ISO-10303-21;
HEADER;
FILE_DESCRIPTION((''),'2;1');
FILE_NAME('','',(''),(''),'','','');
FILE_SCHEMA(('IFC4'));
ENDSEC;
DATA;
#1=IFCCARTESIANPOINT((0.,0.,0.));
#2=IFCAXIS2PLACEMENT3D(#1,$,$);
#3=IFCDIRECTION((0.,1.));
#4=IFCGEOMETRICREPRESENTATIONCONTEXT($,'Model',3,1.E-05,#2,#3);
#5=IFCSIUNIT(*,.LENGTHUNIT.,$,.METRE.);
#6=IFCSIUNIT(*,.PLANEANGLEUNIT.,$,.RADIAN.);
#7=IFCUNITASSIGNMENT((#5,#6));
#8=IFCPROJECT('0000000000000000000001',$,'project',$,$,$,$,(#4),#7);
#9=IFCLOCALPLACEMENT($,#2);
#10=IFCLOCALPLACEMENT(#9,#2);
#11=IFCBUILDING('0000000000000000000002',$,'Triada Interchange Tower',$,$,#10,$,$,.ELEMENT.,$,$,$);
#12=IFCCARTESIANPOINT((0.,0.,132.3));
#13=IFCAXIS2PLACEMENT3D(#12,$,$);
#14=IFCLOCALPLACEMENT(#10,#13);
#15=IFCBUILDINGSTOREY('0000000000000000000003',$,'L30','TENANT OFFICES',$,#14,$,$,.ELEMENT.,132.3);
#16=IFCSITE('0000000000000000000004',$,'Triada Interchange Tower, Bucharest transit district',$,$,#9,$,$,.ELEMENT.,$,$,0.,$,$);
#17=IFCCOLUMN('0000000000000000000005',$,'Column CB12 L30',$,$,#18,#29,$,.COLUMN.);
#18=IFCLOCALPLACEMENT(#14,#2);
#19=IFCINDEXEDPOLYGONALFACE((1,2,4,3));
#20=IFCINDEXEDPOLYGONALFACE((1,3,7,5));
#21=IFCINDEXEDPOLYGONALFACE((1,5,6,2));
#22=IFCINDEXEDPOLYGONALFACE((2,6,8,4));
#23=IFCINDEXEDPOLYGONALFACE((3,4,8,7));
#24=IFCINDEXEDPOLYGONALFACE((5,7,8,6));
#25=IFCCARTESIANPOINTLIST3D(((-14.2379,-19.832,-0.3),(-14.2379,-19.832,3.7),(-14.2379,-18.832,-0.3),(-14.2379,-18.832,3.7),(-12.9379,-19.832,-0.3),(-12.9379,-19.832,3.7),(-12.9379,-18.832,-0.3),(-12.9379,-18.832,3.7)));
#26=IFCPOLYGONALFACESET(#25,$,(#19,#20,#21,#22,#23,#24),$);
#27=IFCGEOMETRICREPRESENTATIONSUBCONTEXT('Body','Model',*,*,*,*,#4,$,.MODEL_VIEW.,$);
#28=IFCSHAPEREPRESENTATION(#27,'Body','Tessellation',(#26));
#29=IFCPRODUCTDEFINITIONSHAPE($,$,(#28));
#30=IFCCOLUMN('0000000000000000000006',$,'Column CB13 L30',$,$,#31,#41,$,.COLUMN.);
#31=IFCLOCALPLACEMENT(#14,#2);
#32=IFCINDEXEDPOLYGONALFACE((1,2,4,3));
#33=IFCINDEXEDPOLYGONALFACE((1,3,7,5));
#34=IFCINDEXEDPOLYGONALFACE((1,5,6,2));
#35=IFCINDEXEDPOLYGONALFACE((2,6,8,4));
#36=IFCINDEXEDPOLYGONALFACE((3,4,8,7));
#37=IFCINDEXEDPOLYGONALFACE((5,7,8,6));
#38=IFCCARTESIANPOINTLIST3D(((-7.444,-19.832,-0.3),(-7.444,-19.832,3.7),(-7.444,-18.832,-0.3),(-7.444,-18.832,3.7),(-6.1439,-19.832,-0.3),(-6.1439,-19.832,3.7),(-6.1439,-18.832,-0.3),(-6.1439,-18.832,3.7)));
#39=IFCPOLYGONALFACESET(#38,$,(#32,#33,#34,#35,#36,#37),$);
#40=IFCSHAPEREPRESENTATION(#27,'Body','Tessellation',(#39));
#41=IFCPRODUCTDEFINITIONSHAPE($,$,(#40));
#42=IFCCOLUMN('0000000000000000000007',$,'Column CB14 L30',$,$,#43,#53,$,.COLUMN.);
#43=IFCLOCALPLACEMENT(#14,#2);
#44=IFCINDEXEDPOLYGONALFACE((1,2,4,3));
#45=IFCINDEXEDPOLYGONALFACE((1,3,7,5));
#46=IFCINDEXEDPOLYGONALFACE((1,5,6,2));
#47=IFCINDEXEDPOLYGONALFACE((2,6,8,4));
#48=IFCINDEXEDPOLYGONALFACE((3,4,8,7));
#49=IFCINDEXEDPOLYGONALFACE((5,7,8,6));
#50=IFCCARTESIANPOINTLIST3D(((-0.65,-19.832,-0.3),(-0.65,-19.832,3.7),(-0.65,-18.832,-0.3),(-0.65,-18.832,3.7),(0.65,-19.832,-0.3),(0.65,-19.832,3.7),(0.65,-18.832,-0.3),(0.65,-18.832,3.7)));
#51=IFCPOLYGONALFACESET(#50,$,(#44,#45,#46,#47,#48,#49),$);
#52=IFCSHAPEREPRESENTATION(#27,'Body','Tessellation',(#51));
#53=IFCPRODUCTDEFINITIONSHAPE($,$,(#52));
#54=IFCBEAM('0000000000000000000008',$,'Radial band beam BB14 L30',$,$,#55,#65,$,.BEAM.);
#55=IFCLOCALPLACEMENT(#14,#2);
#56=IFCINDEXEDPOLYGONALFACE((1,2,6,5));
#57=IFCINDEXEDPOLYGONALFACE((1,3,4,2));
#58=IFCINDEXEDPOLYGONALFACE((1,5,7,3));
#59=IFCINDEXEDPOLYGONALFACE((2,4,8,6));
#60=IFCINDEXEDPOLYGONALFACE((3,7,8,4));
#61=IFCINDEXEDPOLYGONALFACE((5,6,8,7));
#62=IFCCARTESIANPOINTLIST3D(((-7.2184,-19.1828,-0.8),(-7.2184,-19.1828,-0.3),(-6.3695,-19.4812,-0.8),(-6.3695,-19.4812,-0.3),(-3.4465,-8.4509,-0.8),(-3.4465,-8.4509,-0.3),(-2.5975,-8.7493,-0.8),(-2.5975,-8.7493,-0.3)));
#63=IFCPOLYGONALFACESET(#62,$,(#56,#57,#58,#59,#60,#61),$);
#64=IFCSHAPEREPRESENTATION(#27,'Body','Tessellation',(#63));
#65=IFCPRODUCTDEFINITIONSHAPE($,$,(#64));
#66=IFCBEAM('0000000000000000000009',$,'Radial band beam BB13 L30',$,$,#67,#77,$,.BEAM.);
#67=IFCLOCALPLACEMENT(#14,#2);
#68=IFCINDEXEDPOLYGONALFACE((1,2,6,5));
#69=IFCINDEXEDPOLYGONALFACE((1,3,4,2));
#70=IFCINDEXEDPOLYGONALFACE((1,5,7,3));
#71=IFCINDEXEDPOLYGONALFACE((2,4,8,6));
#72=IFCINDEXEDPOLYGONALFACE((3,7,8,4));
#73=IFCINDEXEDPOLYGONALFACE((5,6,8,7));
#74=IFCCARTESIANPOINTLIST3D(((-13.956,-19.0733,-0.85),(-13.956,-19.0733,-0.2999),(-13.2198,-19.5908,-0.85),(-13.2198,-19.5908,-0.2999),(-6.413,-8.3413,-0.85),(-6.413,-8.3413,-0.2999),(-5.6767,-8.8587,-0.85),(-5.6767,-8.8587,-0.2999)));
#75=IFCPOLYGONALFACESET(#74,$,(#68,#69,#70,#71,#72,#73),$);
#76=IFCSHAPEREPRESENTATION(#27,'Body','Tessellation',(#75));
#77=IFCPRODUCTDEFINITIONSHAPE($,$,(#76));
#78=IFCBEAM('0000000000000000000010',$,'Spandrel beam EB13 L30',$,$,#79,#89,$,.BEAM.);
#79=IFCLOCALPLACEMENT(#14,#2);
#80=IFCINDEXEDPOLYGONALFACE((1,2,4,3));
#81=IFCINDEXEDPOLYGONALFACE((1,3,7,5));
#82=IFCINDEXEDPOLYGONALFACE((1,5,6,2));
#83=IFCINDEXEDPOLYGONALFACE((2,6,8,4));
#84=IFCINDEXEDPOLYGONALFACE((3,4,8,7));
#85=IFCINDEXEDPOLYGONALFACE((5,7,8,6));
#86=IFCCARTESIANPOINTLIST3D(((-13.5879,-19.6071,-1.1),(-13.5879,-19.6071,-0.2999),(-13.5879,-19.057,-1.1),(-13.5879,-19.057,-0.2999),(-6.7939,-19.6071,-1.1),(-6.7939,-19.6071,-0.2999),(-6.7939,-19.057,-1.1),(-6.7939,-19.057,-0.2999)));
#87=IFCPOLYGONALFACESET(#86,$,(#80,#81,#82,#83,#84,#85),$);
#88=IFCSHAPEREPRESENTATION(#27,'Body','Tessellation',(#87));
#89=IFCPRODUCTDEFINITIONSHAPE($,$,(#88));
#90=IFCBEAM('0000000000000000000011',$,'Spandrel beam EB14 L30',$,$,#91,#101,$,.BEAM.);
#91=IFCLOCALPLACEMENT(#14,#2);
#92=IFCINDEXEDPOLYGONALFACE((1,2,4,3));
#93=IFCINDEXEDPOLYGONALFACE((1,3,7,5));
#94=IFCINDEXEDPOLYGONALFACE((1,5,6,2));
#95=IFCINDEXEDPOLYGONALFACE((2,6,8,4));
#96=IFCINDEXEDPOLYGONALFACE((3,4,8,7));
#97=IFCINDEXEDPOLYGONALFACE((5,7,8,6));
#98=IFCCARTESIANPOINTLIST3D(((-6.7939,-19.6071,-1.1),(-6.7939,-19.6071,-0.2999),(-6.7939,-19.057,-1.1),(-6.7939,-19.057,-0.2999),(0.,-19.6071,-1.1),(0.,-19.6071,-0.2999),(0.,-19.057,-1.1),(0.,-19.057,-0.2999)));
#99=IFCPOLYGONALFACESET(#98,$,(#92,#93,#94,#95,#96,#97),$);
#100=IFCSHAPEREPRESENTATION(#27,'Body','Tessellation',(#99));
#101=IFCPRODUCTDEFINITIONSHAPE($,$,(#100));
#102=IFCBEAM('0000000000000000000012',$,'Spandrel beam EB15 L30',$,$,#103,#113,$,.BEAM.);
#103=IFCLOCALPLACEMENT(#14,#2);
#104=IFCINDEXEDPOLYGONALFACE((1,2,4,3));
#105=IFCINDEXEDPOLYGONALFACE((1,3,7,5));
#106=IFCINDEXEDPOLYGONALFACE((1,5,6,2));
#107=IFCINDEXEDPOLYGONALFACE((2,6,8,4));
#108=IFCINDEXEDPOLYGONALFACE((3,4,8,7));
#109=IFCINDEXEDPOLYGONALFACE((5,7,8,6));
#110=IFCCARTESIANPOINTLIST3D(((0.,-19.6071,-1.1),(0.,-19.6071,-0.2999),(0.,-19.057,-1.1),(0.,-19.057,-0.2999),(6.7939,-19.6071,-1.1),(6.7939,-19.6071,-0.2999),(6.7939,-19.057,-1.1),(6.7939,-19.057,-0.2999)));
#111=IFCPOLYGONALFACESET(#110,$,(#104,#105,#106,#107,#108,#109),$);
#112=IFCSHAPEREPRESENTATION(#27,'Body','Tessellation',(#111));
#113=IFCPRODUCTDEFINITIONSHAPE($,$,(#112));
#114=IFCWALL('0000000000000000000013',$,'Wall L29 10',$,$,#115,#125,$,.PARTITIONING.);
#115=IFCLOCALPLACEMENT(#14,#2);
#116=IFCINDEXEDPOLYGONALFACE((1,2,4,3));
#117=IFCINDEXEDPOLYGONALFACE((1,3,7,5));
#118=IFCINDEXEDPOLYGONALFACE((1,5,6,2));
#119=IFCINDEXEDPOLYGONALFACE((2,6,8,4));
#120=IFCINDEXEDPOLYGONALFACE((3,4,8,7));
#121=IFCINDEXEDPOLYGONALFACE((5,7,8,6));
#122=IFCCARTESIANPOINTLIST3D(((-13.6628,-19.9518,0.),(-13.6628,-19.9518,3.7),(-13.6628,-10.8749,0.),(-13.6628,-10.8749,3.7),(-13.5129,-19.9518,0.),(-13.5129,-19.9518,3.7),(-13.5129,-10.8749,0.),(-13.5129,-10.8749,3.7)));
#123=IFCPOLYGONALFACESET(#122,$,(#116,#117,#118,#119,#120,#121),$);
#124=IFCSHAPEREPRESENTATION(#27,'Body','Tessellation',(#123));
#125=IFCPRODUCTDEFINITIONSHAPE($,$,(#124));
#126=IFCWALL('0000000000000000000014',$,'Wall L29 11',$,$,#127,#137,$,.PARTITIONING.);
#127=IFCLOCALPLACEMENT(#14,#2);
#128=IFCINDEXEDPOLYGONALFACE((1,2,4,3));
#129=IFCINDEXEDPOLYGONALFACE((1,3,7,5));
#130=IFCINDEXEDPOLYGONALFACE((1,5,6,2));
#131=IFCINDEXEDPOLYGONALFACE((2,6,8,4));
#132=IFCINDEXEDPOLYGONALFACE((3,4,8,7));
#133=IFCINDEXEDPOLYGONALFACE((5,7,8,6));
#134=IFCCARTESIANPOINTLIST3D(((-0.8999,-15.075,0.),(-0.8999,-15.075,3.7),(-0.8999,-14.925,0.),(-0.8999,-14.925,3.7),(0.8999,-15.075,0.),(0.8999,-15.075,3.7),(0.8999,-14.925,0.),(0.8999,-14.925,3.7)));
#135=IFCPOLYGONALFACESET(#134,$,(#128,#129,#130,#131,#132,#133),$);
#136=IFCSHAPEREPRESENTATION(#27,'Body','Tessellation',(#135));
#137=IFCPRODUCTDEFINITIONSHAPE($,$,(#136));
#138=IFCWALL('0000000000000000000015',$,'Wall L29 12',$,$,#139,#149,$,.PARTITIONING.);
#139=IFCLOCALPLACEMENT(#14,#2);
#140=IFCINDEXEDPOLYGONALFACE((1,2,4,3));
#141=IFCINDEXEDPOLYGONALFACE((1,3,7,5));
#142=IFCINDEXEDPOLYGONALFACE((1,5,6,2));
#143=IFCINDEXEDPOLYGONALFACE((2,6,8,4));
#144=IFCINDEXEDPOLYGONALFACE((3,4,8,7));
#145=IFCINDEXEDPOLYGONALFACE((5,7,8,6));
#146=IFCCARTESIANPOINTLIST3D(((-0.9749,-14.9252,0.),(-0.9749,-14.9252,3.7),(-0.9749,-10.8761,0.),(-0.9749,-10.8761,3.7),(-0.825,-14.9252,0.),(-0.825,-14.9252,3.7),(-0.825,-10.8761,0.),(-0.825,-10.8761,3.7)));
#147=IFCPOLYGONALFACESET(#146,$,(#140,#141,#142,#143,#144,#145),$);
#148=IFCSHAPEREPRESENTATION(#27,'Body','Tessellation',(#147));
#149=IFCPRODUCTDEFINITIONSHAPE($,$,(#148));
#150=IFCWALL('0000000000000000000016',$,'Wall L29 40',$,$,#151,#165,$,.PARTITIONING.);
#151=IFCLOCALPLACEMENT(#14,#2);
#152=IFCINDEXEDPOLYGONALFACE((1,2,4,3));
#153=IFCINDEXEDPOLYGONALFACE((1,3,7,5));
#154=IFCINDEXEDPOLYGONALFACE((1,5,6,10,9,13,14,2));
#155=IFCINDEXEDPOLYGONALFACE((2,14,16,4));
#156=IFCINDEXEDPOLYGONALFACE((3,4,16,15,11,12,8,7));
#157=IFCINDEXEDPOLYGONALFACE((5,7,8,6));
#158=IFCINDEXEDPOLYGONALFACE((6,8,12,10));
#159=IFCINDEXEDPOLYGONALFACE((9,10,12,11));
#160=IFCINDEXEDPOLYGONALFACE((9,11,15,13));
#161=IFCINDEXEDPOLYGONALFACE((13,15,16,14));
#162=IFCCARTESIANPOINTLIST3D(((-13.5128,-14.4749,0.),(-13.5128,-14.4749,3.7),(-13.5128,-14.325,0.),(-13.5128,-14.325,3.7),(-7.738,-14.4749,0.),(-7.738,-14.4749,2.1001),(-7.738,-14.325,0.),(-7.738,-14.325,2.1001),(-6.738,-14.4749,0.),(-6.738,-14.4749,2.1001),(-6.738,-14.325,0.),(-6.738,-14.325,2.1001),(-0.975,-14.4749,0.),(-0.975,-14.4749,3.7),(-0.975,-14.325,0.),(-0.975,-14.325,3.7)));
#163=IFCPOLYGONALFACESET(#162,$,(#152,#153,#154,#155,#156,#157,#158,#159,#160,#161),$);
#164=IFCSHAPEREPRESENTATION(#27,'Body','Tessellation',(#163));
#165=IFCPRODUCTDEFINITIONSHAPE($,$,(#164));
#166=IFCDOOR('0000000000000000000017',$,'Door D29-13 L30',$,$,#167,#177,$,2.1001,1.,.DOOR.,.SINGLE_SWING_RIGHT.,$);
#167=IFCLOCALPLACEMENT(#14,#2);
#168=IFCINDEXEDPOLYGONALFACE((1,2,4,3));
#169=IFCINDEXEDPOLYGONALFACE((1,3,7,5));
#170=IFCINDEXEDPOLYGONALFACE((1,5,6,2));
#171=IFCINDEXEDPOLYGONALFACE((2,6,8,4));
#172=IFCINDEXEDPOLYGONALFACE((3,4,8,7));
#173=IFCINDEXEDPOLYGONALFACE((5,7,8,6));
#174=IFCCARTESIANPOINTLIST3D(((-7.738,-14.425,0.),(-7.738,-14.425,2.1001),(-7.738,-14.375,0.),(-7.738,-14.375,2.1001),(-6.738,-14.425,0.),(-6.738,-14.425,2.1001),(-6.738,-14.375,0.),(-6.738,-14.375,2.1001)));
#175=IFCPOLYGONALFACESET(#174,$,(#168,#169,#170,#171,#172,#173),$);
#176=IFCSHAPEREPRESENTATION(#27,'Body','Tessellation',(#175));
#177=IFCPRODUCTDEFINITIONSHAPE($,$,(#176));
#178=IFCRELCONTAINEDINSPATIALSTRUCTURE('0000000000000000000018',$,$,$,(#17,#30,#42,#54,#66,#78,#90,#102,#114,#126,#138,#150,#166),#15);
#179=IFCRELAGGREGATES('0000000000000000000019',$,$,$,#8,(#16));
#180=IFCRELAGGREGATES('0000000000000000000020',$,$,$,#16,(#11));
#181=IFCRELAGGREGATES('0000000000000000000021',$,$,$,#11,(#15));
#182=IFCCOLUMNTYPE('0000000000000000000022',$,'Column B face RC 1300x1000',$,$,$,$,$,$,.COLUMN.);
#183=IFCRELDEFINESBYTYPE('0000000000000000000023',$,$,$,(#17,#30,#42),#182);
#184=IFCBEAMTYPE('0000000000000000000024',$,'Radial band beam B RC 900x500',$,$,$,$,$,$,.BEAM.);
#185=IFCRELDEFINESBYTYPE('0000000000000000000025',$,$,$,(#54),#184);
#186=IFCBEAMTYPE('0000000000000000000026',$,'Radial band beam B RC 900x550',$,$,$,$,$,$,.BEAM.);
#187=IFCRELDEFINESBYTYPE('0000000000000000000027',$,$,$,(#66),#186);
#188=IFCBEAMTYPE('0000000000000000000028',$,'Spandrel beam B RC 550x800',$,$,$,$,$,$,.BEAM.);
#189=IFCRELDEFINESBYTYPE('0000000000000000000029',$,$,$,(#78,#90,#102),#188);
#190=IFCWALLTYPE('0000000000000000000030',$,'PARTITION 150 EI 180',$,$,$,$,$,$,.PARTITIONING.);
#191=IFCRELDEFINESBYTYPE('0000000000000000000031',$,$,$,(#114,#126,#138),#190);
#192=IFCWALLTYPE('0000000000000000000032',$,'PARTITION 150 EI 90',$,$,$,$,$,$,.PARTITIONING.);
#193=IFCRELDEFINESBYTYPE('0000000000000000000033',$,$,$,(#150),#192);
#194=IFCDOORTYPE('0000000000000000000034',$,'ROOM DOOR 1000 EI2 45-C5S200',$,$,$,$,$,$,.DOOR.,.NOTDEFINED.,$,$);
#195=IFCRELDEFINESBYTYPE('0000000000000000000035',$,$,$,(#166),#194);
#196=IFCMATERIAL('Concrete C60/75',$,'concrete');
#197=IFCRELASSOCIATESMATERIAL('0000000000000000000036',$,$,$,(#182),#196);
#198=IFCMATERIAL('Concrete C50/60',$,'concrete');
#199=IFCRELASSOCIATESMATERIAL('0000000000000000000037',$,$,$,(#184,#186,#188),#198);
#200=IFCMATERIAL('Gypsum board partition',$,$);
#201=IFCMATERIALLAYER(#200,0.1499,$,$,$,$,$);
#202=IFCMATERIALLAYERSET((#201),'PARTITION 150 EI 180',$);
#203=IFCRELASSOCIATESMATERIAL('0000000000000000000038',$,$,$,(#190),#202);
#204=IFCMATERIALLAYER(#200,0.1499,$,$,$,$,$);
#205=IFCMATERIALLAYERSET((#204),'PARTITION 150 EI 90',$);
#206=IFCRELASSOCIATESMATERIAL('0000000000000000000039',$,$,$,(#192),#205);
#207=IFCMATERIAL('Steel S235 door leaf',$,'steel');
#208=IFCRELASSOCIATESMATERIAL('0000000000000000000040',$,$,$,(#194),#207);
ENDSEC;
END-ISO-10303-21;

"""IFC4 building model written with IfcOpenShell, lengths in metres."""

from ifc_helpers import new_model, si_unit, direction, frame, frame_2d, origin, origin_2d, place, context, subcontext, project, spatial, rectangle, extrude, material, layer, layer_set, material_profile, profile_set, type_object, element, fill, save


model = new_model("IFC4")

# Units and contexts
model_context = context("Model", 3, precision=1e-05, world=origin(), true_north=direction((0.0, 1.0)))
body_context = subcontext(model_context, "Body", "Model", "MODEL_VIEW")
ifc_project = project(units=[si_unit("LENGTHUNIT", "METRE"), si_unit("PLANEANGLEUNIT", "RADIAN")], contexts=[model_context])

# Site, building, storey
site_placement = place(None, origin())
site = spatial("IfcSite", under=ifc_project, at=site_placement, Name="Triada Interchange Tower, Bucharest transit district", CompositionType="ELEMENT", RefElevation=0.0)
building_placement = place(site_placement, origin())
building = spatial("IfcBuilding", under=site, at=building_placement, Name="Triada Interchange Tower", CompositionType="ELEMENT")
storey_placement = place(building_placement, frame((0.0, 0.0, 132.3)))
storey = spatial("IfcBuildingStorey", under=building, at=storey_placement, Name="L30", Description="TENANT OFFICES", CompositionType="ELEMENT", Elevation=132.3)

# Columns
ifc_material_1 = material(Name="Concrete C60/75", Category="concrete")
ifc_material_profile_1 = material_profile(ifc_material_1, rectangle(XDim=1.3, YDim=1.0, at=origin_2d()), Name="RC 1300x1000")
ifc_profile_set_1 = profile_set([ifc_material_profile_1], Name="Concrete C60/75")
column_type = type_object("IfcColumnType", Name="Column B face RC 1300x1000", PredefinedType="COLUMN", material=ifc_profile_set_1)
for number, where, z_axis, x_axis, name in (
    (1, (-13.5879, -19.332, -0.3), (0.0, 0.0, 1.0), (1.0, 0.0, 0.0), "Column CB12 L30"),
    (2, (-6.7939, -19.332, -0.3), (0.0, 0.0, 1.0), (1.0, 0.0, 0.0), "Column CB13 L30"),
    (3, (0.0, -19.332, -0.3), (0.0, 0.0, 1.0), (1.0, 0.0, 0.0), "Column CB14 L30"),
):
    element("IfcColumn", number, at=place(storey_placement, frame(where, z_axis=z_axis, x_axis=x_axis)), inside=storey, type_object=column_type, Name=name, PredefinedType="COLUMN", context=body_context, shape_type="SweptSolid", body=[
        extrude(rectangle(XDim=1.3, YDim=1.0, at=origin_2d()), origin(), (0.0, 0.0, 1.0), 4.0),
    ])

# Beams
ifc_material_2 = material(Name="Concrete C50/60", Category="concrete")
ifc_material_profile_2 = material_profile(ifc_material_2, rectangle(XDim=0.8999, YDim=0.5, at=origin_2d()), Name="RC 900x500")
ifc_profile_set_2 = profile_set([ifc_material_profile_2], Name="Concrete C50/60")
beam_type_1 = type_object("IfcBeamType", Name="Radial band beam B RC 900x500", PredefinedType="BEAM", material=ifc_profile_set_2)
beam_1_placement = place(storey_placement, frame((-6.7939, -19.332, -0.55), z_axis=(0.331587, 0.943425, 0.0), x_axis=(-0.943425, 0.331587, 0.0)))
element("IfcBeam", 4, at=beam_1_placement, inside=storey, type_object=beam_type_1, Name="Radial band beam BB14 L30", PredefinedType="BEAM", context=body_context, shape_type="SweptSolid", body=[
    extrude(rectangle(XDim=0.8999, YDim=0.5, at=origin_2d()), origin(), (0.0, 0.0, 1.0), 11.3755),
])
ifc_material_profile_3 = material_profile(ifc_material_2, rectangle(XDim=0.8999, YDim=0.55, at=origin_2d()), Name="RC 900x550")
ifc_profile_set_3 = profile_set([ifc_material_profile_3], Name="Concrete C50/60")
beam_type_2 = type_object("IfcBeamType", Name="Radial band beam B RC 900x550", PredefinedType="BEAM", material=ifc_profile_set_3)
beam_2_placement = place(storey_placement, frame((-13.5879, -19.332, -0.575), z_axis=(0.575028, 0.818134, 0.0), x_axis=(-0.818134, 0.575028, 0.0)))
element("IfcBeam", 5, at=beam_2_placement, inside=storey, type_object=beam_type_2, Name="Radial band beam BB13 L30", PredefinedType="BEAM", context=body_context, shape_type="SweptSolid", body=[
    extrude(rectangle(XDim=0.8999, YDim=0.55, at=origin_2d()), origin(), (0.0, 0.0, 1.0), 13.1177),
])
ifc_material_profile_4 = material_profile(ifc_material_2, rectangle(XDim=0.55, YDim=0.8, at=origin_2d()), Name="RC 550x800")
ifc_profile_set_4 = profile_set([ifc_material_profile_4], Name="Concrete C50/60")
beam_type_3 = type_object("IfcBeamType", Name="Spandrel beam B RC 550x800", PredefinedType="BEAM", material=ifc_profile_set_4)
for number, where, z_axis, x_axis, name in (
    (6, (-13.5879, -19.332, -0.7), (1.0, 0.0, 0.0), (0.0, 1.0, 0.0), "Spandrel beam EB13 L30"),
    (7, (-6.7939, -19.332, -0.7), (1.0, 0.0, 0.0), (0.0, 1.0, 0.0), "Spandrel beam EB14 L30"),
    (8, (0.0, -19.332, -0.7), (1.0, 0.0, 0.0), (0.0, 1.0, 0.0), "Spandrel beam EB15 L30"),
):
    element("IfcBeam", number, at=place(storey_placement, frame(where, z_axis=z_axis, x_axis=x_axis)), inside=storey, type_object=beam_type_3, Name=name, PredefinedType="BEAM", context=body_context, shape_type="SweptSolid", body=[
        extrude(rectangle(XDim=0.55, YDim=0.8, at=origin_2d()), origin(), (0.0, 0.0, 1.0), 6.7939),
    ])

# Shared definitions
ifc_material_3 = material(Name="Steel S235 door leaf", Category="steel")

# Walls
ifc_material_4 = material(Name="Gypsum board partition")
ifc_layer_1 = layer(ifc_material_4, 0.1499)
ifc_layer_set_1 = layer_set([ifc_layer_1], Name="PARTITION 150 EI 180")
wall_type_1 = type_object("IfcWallType", Name="PARTITION 150 EI 180", PredefinedType="PARTITIONING", material=ifc_layer_set_1)
wall_1_placement = place(storey_placement, frame((-13.5879, -19.9519, 0.0), z_axis=(0.0, 0.0, 1.0), x_axis=(0.0, 1.0, 0.0)))
element("IfcWall", 9, at=wall_1_placement, inside=storey, type_object=wall_type_1, Name="Wall L29 10", PredefinedType="PARTITIONING", context=body_context, shape_type="SweptSolid", body=[
    extrude(rectangle(XDim=9.0769, YDim=0.1499, at=frame_2d((4.5386, 0.0))), origin(), (0.0, 0.0, 1.0), 3.7),
])
wall_2_placement = place(storey_placement, frame((-0.8999, -15.0, 0.0), z_axis=(0.0, 0.0, 1.0), x_axis=(1.0, 0.0, 0.0)))
element("IfcWall", 10, at=wall_2_placement, inside=storey, type_object=wall_type_1, Name="Wall L29 11", PredefinedType="PARTITIONING", context=body_context, shape_type="SweptSolid", body=[
    extrude(rectangle(XDim=1.7998, YDim=0.1499, at=frame_2d((0.8999, 0.0))), origin(), (0.0, 0.0, 1.0), 3.7),
])
wall_3_placement = place(storey_placement, frame((-0.8999, -14.925, 0.0), z_axis=(0.0, 0.0, 1.0), x_axis=(0.0, 1.0, 0.0)))
element("IfcWall", 11, at=wall_3_placement, inside=storey, type_object=wall_type_1, Name="Wall L29 12", PredefinedType="PARTITIONING", context=body_context, shape_type="SweptSolid", body=[
    extrude(rectangle(XDim=4.0491, YDim=0.1499, at=frame_2d((2.0244, 0.0))), origin(), (0.0, 0.0, 1.0), 3.7),
])

# Wall, opening, door
ifc_layer_2 = layer(ifc_material_4, 0.1499)
ifc_layer_set_2 = layer_set([ifc_layer_2], Name="PARTITION 150 EI 90")
wall_type_2 = type_object("IfcWallType", Name="PARTITION 150 EI 90", PredefinedType="PARTITIONING", material=ifc_layer_set_2)
wall_4_placement = place(storey_placement, frame((-13.5129, -14.3999, 0.0), z_axis=(0.0, 0.0, 1.0), x_axis=(1.0, 0.0, 0.0)))
wall_4 = element("IfcWall", 12, at=wall_4_placement, inside=storey, type_object=wall_type_2, Name="Wall L29 40", PredefinedType="PARTITIONING", context=body_context, shape_type="SweptSolid", body=[
    extrude(rectangle(XDim=12.5378, YDim=0.1499, at=frame_2d((6.269, 0.0))), origin(), (0.0, 0.0, 1.0), 3.7),
])
opening_1_placement = place(wall_4_placement, frame((5.7749, 0.0, 0.0)))
opening_1 = element("IfcOpeningElement", 13, at=opening_1_placement, cuts=wall_4, PredefinedType="OPENING", context=body_context, shape_type="SweptSolid", body=[
    extrude(rectangle(XDim=1.0, YDim=2.1001, at=frame_2d((0.5, 1.05))), frame((0.0, 0.085, 0.0), z_axis=(0.0, -1.0, 0.0), x_axis=(1.0, 0.0, 0.0)), (0.0, 0.0, 1.0), 0.1699),
])
door_type_1 = type_object("IfcDoorType", Name="ROOM DOOR 1000 EI2 45-C5S200", OperationType="NOTDEFINED", PredefinedType="DOOR", material=ifc_material_3)
door_1_placement = place(opening_1_placement, origin())
door_1 = element("IfcDoor", 14, at=door_1_placement, inside=storey, type_object=door_type_1, Name="Door D29-13 L30", OperationType="SINGLE_SWING_RIGHT", OverallHeight=2.1001, OverallWidth=1.0, PredefinedType="DOOR", context=body_context, shape_type="SweptSolid", body=[
    extrude(rectangle(XDim=1.0, YDim=2.1001, at=frame_2d((0.5, 1.05))), frame((0.0, 0.0249, 0.0), z_axis=(0.0, -1.0, 0.0), x_axis=(1.0, 0.0, 0.0)), (0.0, 0.0, 1.0), 0.05),
])
fill(opening_1, door_1)

save(model, "model.ifc")
